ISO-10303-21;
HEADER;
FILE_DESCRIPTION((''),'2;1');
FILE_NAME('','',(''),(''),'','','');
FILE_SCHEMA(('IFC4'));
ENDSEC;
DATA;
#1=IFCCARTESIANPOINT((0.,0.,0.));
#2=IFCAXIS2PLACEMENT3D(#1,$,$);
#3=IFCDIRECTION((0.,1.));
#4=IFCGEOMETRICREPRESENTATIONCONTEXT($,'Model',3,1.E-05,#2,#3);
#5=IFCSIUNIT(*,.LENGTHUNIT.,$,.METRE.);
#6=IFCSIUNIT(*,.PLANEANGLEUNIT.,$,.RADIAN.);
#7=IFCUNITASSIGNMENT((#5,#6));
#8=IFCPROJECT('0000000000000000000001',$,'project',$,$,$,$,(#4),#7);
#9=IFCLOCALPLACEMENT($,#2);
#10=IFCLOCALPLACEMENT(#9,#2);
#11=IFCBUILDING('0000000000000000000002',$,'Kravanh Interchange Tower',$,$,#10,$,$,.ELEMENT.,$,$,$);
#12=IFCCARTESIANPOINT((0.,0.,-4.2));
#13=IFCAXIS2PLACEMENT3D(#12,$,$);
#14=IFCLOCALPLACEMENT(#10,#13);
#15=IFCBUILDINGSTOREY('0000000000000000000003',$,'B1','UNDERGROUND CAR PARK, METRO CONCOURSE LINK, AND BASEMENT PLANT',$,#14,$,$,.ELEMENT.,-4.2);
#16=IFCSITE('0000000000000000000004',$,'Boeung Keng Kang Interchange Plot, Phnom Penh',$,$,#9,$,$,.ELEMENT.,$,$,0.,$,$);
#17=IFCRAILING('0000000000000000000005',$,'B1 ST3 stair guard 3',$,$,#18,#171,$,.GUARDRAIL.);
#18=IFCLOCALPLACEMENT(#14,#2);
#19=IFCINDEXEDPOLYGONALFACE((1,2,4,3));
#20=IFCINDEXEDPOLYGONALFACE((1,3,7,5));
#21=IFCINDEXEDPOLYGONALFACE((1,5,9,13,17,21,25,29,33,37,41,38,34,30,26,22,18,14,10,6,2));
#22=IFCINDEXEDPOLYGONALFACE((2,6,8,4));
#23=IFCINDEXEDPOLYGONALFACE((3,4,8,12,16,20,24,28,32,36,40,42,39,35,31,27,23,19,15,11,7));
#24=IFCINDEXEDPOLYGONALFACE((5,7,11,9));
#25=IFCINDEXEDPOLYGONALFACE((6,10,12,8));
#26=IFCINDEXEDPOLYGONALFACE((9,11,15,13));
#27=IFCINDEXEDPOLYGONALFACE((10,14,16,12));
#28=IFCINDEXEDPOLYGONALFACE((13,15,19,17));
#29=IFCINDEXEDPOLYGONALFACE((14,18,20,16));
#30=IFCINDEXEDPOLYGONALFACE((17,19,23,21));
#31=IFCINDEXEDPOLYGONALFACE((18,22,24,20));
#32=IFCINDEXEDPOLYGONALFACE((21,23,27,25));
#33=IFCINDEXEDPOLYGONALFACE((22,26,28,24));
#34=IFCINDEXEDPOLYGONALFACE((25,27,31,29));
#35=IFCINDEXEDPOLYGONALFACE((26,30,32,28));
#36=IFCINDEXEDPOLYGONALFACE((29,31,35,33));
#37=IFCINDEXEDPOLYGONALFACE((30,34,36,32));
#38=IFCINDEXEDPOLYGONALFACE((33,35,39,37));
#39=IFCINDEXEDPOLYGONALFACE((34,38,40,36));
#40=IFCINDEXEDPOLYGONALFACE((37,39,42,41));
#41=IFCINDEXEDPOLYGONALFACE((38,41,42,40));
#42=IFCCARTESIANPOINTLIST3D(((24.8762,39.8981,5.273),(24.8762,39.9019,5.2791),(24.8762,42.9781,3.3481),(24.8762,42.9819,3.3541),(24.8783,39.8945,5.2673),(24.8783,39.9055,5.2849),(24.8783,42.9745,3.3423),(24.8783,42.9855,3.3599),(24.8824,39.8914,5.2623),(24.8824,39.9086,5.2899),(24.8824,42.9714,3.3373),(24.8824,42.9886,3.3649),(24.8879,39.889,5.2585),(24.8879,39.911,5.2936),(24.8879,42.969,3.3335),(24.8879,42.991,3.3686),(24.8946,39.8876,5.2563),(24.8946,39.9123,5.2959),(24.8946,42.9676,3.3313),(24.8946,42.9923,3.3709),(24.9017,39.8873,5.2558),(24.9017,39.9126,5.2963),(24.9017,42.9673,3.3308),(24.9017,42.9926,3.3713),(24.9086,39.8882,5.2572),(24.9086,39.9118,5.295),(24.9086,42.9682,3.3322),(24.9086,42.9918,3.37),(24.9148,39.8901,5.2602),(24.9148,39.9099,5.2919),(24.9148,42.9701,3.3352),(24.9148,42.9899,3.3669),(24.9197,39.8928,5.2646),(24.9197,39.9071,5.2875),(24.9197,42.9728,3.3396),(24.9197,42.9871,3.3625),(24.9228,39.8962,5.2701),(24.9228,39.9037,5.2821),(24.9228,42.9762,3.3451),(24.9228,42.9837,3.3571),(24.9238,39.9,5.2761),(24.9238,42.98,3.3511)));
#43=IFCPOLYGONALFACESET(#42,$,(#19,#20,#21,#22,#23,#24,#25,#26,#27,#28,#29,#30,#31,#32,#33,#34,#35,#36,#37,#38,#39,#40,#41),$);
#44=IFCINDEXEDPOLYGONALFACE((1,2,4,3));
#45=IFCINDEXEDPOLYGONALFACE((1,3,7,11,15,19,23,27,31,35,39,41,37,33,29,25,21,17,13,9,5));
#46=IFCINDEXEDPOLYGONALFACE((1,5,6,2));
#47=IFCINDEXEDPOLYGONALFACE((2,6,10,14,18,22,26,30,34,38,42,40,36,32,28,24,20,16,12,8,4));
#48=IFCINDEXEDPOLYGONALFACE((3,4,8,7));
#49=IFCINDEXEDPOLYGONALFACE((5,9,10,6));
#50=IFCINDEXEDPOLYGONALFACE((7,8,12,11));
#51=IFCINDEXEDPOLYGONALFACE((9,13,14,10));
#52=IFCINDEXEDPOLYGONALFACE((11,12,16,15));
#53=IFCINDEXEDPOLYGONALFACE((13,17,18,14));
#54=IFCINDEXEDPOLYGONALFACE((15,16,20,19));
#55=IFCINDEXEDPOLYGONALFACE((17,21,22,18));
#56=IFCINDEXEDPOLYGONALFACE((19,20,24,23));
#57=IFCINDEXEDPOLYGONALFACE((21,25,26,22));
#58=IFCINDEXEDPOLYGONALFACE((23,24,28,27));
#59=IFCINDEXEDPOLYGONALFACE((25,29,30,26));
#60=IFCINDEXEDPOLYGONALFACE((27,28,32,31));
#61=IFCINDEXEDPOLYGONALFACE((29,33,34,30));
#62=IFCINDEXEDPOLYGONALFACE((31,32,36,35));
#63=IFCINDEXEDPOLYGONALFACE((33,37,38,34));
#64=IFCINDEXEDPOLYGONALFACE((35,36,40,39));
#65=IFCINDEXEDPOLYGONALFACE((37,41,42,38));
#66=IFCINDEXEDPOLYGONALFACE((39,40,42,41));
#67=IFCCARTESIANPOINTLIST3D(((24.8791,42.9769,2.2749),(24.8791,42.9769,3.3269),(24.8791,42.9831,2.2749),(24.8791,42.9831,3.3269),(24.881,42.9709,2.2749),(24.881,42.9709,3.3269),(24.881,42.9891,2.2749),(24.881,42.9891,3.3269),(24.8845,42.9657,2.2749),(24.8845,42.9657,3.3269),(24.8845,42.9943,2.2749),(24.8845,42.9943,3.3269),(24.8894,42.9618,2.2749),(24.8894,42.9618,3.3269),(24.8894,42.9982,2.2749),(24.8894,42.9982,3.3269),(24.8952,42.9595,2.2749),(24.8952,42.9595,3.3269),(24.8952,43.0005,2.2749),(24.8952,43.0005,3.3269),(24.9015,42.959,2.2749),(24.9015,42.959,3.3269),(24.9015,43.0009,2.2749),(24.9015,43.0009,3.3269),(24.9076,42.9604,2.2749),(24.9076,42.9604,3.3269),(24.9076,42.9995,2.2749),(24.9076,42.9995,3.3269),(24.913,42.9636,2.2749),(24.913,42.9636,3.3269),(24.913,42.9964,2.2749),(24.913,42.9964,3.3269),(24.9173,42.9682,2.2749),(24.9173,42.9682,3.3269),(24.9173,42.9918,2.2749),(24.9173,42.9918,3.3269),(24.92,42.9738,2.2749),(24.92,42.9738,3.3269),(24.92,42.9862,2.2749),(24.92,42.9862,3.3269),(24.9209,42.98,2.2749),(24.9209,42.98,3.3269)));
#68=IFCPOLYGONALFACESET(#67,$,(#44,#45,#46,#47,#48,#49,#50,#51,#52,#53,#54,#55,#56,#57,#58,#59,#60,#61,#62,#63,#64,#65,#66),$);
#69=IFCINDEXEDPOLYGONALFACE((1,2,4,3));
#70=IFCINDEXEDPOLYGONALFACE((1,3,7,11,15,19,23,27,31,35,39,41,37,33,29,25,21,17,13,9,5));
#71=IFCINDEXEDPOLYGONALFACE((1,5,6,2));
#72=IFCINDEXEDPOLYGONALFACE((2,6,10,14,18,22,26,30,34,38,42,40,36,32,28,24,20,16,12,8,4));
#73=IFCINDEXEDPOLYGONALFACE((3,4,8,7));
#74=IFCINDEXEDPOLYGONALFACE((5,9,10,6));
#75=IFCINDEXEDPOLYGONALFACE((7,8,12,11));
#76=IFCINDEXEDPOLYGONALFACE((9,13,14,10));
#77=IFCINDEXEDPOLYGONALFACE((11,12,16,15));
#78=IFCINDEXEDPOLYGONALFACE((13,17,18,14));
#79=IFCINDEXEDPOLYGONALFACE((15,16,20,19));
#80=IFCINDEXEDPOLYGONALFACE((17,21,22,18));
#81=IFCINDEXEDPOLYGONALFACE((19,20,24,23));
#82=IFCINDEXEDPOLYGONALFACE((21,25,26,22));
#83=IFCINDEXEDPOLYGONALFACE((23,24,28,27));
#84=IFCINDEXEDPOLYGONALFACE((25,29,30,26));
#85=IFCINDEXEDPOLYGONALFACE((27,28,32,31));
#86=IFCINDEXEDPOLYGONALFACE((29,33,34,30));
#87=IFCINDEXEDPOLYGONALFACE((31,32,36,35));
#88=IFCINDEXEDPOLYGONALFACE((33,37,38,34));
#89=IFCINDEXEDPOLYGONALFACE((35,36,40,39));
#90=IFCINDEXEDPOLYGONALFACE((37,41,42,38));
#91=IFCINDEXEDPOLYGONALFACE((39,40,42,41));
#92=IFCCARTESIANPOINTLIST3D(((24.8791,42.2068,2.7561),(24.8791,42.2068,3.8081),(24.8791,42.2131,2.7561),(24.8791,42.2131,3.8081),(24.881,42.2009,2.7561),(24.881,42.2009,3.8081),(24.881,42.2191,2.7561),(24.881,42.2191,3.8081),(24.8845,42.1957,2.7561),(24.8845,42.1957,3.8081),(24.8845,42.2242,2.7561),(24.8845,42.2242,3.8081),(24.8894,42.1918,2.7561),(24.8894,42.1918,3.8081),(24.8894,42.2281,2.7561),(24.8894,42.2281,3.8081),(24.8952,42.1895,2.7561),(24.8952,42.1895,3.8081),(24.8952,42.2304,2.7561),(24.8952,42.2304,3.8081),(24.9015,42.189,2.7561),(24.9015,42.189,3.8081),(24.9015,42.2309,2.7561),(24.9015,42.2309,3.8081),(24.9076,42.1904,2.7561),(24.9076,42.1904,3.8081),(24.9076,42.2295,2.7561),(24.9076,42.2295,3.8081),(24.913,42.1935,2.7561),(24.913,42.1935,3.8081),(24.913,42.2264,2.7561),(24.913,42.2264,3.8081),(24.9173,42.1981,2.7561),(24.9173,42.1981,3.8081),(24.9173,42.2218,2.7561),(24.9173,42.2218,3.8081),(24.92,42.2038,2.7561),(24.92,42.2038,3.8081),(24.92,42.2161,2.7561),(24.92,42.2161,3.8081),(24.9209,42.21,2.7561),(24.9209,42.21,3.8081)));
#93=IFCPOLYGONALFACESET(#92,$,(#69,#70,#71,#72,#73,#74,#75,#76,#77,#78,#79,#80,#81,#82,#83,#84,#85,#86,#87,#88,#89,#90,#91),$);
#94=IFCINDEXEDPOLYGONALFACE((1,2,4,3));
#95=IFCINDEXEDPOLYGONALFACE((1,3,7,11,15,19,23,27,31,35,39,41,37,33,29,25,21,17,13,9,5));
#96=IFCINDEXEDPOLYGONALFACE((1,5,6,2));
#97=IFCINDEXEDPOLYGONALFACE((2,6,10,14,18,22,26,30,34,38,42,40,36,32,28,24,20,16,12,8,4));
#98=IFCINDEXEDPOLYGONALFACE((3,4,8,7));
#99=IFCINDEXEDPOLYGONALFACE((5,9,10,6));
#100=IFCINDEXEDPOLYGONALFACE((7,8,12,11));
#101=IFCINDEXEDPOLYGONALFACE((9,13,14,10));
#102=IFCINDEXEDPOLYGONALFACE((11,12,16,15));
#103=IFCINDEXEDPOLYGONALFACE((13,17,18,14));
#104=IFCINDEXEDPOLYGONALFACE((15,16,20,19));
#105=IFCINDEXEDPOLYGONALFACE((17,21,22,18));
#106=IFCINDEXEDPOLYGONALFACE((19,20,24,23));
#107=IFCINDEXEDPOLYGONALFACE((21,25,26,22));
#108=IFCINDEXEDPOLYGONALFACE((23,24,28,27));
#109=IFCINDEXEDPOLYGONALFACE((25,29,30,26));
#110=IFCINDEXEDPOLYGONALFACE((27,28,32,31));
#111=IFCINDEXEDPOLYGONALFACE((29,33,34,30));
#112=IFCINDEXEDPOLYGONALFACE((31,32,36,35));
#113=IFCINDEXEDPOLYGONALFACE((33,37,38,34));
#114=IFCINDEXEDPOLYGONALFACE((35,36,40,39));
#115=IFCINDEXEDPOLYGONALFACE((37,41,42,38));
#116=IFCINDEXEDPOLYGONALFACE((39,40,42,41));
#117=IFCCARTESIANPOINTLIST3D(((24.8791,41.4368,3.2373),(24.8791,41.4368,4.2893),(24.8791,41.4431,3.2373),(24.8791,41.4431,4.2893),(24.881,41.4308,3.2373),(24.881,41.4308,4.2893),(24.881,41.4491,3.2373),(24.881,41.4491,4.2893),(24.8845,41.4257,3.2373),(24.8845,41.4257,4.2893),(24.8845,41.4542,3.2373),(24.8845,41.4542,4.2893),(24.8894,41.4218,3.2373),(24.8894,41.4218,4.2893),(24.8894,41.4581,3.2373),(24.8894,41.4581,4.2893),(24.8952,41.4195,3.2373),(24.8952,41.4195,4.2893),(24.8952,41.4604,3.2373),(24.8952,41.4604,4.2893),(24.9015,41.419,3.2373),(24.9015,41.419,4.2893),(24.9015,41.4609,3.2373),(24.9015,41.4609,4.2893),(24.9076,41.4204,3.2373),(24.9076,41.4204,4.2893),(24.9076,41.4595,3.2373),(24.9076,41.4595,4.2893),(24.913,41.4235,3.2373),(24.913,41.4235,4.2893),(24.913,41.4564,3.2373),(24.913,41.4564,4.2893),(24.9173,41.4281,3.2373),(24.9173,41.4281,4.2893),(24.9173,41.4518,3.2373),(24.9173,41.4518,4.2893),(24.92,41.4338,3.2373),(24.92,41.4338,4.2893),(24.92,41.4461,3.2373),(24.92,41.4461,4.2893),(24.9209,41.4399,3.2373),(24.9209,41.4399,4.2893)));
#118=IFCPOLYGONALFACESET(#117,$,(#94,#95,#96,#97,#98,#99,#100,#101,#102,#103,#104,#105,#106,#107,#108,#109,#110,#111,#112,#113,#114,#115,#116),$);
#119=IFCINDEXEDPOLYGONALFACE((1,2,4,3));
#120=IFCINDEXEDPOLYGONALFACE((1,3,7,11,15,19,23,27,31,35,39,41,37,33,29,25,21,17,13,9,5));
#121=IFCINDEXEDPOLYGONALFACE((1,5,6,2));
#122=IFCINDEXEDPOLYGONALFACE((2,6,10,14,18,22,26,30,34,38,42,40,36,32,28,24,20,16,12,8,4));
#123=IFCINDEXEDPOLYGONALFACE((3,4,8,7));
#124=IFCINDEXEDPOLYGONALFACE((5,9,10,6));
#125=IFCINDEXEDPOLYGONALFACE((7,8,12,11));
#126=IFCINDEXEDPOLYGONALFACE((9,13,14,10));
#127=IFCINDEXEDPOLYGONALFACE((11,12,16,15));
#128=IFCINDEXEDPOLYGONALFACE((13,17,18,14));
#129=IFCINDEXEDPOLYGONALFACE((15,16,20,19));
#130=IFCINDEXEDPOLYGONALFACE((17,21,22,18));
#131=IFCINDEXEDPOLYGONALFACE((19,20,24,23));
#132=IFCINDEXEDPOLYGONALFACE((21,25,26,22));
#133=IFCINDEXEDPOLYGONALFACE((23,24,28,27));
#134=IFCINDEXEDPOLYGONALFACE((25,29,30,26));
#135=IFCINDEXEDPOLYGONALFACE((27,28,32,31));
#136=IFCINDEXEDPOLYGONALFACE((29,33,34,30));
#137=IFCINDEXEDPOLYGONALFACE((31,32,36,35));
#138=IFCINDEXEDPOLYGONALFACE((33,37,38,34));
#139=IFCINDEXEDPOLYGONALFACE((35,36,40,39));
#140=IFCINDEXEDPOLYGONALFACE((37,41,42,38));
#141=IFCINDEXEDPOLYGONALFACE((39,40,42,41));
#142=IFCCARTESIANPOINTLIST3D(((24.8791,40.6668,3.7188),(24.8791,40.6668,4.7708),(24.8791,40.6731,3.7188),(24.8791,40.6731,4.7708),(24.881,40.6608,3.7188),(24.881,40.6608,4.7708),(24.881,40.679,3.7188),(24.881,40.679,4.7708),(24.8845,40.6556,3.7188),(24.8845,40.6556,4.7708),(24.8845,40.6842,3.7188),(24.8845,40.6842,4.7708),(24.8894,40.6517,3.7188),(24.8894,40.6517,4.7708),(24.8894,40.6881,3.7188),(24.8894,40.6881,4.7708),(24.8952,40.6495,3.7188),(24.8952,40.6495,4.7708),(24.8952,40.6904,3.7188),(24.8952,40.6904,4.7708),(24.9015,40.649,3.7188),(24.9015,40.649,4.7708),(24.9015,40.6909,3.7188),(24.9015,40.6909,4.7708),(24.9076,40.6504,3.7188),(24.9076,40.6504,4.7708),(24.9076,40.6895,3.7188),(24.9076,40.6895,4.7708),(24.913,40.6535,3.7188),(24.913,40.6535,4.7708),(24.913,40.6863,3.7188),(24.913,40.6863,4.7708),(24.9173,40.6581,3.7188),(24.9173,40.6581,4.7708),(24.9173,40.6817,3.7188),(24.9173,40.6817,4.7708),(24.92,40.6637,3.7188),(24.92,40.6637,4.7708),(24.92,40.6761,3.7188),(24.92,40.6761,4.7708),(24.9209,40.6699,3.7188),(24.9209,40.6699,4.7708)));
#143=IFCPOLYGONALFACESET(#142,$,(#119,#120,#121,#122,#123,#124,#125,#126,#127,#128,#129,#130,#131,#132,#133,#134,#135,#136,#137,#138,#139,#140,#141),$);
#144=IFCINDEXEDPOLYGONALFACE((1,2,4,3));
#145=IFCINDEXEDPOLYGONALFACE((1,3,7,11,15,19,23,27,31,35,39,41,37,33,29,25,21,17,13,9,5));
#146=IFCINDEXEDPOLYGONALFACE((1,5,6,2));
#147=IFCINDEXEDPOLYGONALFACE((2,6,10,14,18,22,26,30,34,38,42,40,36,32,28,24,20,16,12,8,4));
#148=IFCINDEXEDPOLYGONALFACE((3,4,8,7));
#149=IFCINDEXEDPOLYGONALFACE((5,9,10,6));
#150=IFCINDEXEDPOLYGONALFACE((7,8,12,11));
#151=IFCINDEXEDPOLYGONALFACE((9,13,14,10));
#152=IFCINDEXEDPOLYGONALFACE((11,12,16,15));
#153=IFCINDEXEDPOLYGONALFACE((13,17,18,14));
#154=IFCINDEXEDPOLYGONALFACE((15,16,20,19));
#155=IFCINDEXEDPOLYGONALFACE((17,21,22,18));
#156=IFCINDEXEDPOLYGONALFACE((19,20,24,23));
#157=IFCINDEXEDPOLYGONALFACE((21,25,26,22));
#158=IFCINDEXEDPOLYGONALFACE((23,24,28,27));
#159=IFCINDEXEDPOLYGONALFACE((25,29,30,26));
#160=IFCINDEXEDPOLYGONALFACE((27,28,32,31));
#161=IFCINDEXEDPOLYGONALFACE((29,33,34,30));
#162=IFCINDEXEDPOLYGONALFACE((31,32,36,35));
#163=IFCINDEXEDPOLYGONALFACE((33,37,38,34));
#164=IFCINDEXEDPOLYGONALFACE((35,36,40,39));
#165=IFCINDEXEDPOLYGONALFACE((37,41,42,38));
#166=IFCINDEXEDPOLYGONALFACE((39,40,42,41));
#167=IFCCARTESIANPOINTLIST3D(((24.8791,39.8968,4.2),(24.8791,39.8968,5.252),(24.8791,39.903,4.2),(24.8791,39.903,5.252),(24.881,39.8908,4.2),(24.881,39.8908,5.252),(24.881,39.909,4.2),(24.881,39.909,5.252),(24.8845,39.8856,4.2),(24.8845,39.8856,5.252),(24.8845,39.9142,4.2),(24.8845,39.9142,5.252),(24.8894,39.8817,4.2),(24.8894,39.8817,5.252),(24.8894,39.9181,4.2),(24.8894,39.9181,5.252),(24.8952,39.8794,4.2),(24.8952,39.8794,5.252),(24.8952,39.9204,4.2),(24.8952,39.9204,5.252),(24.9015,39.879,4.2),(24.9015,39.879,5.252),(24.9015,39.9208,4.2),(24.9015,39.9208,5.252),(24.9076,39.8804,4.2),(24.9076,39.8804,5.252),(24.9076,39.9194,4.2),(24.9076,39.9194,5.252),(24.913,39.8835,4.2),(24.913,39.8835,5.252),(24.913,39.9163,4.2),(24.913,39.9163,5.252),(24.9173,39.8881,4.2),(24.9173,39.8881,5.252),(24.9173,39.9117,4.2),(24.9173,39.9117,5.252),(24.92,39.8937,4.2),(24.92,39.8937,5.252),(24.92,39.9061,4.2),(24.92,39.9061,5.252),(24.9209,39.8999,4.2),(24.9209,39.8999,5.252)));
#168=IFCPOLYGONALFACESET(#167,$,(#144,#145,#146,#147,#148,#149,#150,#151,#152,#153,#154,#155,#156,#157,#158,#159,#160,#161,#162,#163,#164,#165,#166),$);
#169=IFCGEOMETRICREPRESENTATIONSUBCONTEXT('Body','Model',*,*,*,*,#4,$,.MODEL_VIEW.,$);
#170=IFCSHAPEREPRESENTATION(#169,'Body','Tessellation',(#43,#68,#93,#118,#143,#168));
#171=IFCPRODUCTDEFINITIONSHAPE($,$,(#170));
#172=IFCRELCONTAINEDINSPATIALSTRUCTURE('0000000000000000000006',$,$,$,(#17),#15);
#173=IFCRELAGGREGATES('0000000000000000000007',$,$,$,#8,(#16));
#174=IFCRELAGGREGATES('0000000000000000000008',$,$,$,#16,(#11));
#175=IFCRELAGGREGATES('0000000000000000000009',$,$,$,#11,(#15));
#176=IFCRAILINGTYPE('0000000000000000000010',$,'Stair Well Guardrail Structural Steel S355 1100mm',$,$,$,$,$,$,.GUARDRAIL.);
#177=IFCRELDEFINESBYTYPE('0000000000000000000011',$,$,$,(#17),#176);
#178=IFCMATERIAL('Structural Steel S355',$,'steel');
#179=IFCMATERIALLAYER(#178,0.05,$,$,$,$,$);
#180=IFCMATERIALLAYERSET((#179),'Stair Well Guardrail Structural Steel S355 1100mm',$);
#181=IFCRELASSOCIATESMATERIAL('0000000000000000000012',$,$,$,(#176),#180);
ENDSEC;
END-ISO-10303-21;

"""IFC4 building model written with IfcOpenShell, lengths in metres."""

from ifc_helpers import new_model, si_unit, direction, frame, origin, origin_2d, place, context, subcontext, project, spatial, circle, extrude, material, layer, layer_set, type_object, element, save


model = new_model("IFC4")

# Units and contexts
model_context = context("Model", 3, precision=1e-05, world=origin(), true_north=direction((0.0, 1.0)))
body_context = subcontext(model_context, "Body", "Model", "MODEL_VIEW")
ifc_project = project(units=[si_unit("LENGTHUNIT", "METRE"), si_unit("PLANEANGLEUNIT", "RADIAN")], contexts=[model_context])

# Site, building, storey
site_placement = place(None, origin())
site = spatial("IfcSite", under=ifc_project, at=site_placement, Name="Boeung Keng Kang Interchange Plot, Phnom Penh", CompositionType="ELEMENT", RefElevation=0.0)
building_placement = place(site_placement, origin())
building = spatial("IfcBuilding", under=site, at=building_placement, Name="Kravanh Interchange Tower", CompositionType="ELEMENT")
storey_placement = place(building_placement, frame((0.0, 0.0, -4.2)))
storey = spatial("IfcBuildingStorey", under=building, at=storey_placement, Name="B1", Description="UNDERGROUND CAR PARK, METRO CONCOURSE LINK, AND BASEMENT PLANT", CompositionType="ELEMENT", Elevation=-4.2)

# Railing
ifc_material_1 = material(Name="Structural Steel S355", Category="steel")
ifc_layer_1 = layer(ifc_material_1, 0.05)
ifc_layer_set_1 = layer_set([ifc_layer_1], Name="Stair Well Guardrail Structural Steel S355 1100mm")
railing_type_1 = type_object("IfcRailingType", Name="Stair Well Guardrail Structural Steel S355 1100mm", PredefinedType="GUARDRAIL", material=ifc_layer_set_1)
railing_1_placement = place(storey_placement, frame((24.8999, 42.98, 2.2749)))
element("IfcRailing", 1, at=railing_1_placement, inside=storey, type_object=railing_type_1, Name="B1 ST3 stair guard 3", PredefinedType="GUARDRAIL", context=body_context, shape_type="SweptSolid", body=[
    extrude(circle(Radius=0.0239, at=origin_2d()), frame((0.0, 0.0, 1.0762), z_axis=(0.0, -0.847998, 0.529999), x_axis=(1.0, 0.0, 0.0)), (0.0, 0.0, 1.0), 3.6321),
    extrude(circle(Radius=0.021, at=origin_2d()), origin(), (0.0, 0.0, 1.0), 1.052),
    extrude(circle(Radius=0.021, at=origin_2d()), frame((0.0, -0.77, 0.4812)), (0.0, 0.0, 1.0), 1.052),
    extrude(circle(Radius=0.021, at=origin_2d()), frame((0.0, -1.54, 0.9624)), (0.0, 0.0, 1.0), 1.052),
    extrude(circle(Radius=0.021, at=origin_2d()), frame((0.0, -2.3101, 1.4438)), (0.0, 0.0, 1.0), 1.052),
    extrude(circle(Radius=0.021, at=origin_2d()), frame((0.0, -3.0801, 1.925)), (0.0, 0.0, 1.0), 1.052),
])

save(model, "model.ifc")
